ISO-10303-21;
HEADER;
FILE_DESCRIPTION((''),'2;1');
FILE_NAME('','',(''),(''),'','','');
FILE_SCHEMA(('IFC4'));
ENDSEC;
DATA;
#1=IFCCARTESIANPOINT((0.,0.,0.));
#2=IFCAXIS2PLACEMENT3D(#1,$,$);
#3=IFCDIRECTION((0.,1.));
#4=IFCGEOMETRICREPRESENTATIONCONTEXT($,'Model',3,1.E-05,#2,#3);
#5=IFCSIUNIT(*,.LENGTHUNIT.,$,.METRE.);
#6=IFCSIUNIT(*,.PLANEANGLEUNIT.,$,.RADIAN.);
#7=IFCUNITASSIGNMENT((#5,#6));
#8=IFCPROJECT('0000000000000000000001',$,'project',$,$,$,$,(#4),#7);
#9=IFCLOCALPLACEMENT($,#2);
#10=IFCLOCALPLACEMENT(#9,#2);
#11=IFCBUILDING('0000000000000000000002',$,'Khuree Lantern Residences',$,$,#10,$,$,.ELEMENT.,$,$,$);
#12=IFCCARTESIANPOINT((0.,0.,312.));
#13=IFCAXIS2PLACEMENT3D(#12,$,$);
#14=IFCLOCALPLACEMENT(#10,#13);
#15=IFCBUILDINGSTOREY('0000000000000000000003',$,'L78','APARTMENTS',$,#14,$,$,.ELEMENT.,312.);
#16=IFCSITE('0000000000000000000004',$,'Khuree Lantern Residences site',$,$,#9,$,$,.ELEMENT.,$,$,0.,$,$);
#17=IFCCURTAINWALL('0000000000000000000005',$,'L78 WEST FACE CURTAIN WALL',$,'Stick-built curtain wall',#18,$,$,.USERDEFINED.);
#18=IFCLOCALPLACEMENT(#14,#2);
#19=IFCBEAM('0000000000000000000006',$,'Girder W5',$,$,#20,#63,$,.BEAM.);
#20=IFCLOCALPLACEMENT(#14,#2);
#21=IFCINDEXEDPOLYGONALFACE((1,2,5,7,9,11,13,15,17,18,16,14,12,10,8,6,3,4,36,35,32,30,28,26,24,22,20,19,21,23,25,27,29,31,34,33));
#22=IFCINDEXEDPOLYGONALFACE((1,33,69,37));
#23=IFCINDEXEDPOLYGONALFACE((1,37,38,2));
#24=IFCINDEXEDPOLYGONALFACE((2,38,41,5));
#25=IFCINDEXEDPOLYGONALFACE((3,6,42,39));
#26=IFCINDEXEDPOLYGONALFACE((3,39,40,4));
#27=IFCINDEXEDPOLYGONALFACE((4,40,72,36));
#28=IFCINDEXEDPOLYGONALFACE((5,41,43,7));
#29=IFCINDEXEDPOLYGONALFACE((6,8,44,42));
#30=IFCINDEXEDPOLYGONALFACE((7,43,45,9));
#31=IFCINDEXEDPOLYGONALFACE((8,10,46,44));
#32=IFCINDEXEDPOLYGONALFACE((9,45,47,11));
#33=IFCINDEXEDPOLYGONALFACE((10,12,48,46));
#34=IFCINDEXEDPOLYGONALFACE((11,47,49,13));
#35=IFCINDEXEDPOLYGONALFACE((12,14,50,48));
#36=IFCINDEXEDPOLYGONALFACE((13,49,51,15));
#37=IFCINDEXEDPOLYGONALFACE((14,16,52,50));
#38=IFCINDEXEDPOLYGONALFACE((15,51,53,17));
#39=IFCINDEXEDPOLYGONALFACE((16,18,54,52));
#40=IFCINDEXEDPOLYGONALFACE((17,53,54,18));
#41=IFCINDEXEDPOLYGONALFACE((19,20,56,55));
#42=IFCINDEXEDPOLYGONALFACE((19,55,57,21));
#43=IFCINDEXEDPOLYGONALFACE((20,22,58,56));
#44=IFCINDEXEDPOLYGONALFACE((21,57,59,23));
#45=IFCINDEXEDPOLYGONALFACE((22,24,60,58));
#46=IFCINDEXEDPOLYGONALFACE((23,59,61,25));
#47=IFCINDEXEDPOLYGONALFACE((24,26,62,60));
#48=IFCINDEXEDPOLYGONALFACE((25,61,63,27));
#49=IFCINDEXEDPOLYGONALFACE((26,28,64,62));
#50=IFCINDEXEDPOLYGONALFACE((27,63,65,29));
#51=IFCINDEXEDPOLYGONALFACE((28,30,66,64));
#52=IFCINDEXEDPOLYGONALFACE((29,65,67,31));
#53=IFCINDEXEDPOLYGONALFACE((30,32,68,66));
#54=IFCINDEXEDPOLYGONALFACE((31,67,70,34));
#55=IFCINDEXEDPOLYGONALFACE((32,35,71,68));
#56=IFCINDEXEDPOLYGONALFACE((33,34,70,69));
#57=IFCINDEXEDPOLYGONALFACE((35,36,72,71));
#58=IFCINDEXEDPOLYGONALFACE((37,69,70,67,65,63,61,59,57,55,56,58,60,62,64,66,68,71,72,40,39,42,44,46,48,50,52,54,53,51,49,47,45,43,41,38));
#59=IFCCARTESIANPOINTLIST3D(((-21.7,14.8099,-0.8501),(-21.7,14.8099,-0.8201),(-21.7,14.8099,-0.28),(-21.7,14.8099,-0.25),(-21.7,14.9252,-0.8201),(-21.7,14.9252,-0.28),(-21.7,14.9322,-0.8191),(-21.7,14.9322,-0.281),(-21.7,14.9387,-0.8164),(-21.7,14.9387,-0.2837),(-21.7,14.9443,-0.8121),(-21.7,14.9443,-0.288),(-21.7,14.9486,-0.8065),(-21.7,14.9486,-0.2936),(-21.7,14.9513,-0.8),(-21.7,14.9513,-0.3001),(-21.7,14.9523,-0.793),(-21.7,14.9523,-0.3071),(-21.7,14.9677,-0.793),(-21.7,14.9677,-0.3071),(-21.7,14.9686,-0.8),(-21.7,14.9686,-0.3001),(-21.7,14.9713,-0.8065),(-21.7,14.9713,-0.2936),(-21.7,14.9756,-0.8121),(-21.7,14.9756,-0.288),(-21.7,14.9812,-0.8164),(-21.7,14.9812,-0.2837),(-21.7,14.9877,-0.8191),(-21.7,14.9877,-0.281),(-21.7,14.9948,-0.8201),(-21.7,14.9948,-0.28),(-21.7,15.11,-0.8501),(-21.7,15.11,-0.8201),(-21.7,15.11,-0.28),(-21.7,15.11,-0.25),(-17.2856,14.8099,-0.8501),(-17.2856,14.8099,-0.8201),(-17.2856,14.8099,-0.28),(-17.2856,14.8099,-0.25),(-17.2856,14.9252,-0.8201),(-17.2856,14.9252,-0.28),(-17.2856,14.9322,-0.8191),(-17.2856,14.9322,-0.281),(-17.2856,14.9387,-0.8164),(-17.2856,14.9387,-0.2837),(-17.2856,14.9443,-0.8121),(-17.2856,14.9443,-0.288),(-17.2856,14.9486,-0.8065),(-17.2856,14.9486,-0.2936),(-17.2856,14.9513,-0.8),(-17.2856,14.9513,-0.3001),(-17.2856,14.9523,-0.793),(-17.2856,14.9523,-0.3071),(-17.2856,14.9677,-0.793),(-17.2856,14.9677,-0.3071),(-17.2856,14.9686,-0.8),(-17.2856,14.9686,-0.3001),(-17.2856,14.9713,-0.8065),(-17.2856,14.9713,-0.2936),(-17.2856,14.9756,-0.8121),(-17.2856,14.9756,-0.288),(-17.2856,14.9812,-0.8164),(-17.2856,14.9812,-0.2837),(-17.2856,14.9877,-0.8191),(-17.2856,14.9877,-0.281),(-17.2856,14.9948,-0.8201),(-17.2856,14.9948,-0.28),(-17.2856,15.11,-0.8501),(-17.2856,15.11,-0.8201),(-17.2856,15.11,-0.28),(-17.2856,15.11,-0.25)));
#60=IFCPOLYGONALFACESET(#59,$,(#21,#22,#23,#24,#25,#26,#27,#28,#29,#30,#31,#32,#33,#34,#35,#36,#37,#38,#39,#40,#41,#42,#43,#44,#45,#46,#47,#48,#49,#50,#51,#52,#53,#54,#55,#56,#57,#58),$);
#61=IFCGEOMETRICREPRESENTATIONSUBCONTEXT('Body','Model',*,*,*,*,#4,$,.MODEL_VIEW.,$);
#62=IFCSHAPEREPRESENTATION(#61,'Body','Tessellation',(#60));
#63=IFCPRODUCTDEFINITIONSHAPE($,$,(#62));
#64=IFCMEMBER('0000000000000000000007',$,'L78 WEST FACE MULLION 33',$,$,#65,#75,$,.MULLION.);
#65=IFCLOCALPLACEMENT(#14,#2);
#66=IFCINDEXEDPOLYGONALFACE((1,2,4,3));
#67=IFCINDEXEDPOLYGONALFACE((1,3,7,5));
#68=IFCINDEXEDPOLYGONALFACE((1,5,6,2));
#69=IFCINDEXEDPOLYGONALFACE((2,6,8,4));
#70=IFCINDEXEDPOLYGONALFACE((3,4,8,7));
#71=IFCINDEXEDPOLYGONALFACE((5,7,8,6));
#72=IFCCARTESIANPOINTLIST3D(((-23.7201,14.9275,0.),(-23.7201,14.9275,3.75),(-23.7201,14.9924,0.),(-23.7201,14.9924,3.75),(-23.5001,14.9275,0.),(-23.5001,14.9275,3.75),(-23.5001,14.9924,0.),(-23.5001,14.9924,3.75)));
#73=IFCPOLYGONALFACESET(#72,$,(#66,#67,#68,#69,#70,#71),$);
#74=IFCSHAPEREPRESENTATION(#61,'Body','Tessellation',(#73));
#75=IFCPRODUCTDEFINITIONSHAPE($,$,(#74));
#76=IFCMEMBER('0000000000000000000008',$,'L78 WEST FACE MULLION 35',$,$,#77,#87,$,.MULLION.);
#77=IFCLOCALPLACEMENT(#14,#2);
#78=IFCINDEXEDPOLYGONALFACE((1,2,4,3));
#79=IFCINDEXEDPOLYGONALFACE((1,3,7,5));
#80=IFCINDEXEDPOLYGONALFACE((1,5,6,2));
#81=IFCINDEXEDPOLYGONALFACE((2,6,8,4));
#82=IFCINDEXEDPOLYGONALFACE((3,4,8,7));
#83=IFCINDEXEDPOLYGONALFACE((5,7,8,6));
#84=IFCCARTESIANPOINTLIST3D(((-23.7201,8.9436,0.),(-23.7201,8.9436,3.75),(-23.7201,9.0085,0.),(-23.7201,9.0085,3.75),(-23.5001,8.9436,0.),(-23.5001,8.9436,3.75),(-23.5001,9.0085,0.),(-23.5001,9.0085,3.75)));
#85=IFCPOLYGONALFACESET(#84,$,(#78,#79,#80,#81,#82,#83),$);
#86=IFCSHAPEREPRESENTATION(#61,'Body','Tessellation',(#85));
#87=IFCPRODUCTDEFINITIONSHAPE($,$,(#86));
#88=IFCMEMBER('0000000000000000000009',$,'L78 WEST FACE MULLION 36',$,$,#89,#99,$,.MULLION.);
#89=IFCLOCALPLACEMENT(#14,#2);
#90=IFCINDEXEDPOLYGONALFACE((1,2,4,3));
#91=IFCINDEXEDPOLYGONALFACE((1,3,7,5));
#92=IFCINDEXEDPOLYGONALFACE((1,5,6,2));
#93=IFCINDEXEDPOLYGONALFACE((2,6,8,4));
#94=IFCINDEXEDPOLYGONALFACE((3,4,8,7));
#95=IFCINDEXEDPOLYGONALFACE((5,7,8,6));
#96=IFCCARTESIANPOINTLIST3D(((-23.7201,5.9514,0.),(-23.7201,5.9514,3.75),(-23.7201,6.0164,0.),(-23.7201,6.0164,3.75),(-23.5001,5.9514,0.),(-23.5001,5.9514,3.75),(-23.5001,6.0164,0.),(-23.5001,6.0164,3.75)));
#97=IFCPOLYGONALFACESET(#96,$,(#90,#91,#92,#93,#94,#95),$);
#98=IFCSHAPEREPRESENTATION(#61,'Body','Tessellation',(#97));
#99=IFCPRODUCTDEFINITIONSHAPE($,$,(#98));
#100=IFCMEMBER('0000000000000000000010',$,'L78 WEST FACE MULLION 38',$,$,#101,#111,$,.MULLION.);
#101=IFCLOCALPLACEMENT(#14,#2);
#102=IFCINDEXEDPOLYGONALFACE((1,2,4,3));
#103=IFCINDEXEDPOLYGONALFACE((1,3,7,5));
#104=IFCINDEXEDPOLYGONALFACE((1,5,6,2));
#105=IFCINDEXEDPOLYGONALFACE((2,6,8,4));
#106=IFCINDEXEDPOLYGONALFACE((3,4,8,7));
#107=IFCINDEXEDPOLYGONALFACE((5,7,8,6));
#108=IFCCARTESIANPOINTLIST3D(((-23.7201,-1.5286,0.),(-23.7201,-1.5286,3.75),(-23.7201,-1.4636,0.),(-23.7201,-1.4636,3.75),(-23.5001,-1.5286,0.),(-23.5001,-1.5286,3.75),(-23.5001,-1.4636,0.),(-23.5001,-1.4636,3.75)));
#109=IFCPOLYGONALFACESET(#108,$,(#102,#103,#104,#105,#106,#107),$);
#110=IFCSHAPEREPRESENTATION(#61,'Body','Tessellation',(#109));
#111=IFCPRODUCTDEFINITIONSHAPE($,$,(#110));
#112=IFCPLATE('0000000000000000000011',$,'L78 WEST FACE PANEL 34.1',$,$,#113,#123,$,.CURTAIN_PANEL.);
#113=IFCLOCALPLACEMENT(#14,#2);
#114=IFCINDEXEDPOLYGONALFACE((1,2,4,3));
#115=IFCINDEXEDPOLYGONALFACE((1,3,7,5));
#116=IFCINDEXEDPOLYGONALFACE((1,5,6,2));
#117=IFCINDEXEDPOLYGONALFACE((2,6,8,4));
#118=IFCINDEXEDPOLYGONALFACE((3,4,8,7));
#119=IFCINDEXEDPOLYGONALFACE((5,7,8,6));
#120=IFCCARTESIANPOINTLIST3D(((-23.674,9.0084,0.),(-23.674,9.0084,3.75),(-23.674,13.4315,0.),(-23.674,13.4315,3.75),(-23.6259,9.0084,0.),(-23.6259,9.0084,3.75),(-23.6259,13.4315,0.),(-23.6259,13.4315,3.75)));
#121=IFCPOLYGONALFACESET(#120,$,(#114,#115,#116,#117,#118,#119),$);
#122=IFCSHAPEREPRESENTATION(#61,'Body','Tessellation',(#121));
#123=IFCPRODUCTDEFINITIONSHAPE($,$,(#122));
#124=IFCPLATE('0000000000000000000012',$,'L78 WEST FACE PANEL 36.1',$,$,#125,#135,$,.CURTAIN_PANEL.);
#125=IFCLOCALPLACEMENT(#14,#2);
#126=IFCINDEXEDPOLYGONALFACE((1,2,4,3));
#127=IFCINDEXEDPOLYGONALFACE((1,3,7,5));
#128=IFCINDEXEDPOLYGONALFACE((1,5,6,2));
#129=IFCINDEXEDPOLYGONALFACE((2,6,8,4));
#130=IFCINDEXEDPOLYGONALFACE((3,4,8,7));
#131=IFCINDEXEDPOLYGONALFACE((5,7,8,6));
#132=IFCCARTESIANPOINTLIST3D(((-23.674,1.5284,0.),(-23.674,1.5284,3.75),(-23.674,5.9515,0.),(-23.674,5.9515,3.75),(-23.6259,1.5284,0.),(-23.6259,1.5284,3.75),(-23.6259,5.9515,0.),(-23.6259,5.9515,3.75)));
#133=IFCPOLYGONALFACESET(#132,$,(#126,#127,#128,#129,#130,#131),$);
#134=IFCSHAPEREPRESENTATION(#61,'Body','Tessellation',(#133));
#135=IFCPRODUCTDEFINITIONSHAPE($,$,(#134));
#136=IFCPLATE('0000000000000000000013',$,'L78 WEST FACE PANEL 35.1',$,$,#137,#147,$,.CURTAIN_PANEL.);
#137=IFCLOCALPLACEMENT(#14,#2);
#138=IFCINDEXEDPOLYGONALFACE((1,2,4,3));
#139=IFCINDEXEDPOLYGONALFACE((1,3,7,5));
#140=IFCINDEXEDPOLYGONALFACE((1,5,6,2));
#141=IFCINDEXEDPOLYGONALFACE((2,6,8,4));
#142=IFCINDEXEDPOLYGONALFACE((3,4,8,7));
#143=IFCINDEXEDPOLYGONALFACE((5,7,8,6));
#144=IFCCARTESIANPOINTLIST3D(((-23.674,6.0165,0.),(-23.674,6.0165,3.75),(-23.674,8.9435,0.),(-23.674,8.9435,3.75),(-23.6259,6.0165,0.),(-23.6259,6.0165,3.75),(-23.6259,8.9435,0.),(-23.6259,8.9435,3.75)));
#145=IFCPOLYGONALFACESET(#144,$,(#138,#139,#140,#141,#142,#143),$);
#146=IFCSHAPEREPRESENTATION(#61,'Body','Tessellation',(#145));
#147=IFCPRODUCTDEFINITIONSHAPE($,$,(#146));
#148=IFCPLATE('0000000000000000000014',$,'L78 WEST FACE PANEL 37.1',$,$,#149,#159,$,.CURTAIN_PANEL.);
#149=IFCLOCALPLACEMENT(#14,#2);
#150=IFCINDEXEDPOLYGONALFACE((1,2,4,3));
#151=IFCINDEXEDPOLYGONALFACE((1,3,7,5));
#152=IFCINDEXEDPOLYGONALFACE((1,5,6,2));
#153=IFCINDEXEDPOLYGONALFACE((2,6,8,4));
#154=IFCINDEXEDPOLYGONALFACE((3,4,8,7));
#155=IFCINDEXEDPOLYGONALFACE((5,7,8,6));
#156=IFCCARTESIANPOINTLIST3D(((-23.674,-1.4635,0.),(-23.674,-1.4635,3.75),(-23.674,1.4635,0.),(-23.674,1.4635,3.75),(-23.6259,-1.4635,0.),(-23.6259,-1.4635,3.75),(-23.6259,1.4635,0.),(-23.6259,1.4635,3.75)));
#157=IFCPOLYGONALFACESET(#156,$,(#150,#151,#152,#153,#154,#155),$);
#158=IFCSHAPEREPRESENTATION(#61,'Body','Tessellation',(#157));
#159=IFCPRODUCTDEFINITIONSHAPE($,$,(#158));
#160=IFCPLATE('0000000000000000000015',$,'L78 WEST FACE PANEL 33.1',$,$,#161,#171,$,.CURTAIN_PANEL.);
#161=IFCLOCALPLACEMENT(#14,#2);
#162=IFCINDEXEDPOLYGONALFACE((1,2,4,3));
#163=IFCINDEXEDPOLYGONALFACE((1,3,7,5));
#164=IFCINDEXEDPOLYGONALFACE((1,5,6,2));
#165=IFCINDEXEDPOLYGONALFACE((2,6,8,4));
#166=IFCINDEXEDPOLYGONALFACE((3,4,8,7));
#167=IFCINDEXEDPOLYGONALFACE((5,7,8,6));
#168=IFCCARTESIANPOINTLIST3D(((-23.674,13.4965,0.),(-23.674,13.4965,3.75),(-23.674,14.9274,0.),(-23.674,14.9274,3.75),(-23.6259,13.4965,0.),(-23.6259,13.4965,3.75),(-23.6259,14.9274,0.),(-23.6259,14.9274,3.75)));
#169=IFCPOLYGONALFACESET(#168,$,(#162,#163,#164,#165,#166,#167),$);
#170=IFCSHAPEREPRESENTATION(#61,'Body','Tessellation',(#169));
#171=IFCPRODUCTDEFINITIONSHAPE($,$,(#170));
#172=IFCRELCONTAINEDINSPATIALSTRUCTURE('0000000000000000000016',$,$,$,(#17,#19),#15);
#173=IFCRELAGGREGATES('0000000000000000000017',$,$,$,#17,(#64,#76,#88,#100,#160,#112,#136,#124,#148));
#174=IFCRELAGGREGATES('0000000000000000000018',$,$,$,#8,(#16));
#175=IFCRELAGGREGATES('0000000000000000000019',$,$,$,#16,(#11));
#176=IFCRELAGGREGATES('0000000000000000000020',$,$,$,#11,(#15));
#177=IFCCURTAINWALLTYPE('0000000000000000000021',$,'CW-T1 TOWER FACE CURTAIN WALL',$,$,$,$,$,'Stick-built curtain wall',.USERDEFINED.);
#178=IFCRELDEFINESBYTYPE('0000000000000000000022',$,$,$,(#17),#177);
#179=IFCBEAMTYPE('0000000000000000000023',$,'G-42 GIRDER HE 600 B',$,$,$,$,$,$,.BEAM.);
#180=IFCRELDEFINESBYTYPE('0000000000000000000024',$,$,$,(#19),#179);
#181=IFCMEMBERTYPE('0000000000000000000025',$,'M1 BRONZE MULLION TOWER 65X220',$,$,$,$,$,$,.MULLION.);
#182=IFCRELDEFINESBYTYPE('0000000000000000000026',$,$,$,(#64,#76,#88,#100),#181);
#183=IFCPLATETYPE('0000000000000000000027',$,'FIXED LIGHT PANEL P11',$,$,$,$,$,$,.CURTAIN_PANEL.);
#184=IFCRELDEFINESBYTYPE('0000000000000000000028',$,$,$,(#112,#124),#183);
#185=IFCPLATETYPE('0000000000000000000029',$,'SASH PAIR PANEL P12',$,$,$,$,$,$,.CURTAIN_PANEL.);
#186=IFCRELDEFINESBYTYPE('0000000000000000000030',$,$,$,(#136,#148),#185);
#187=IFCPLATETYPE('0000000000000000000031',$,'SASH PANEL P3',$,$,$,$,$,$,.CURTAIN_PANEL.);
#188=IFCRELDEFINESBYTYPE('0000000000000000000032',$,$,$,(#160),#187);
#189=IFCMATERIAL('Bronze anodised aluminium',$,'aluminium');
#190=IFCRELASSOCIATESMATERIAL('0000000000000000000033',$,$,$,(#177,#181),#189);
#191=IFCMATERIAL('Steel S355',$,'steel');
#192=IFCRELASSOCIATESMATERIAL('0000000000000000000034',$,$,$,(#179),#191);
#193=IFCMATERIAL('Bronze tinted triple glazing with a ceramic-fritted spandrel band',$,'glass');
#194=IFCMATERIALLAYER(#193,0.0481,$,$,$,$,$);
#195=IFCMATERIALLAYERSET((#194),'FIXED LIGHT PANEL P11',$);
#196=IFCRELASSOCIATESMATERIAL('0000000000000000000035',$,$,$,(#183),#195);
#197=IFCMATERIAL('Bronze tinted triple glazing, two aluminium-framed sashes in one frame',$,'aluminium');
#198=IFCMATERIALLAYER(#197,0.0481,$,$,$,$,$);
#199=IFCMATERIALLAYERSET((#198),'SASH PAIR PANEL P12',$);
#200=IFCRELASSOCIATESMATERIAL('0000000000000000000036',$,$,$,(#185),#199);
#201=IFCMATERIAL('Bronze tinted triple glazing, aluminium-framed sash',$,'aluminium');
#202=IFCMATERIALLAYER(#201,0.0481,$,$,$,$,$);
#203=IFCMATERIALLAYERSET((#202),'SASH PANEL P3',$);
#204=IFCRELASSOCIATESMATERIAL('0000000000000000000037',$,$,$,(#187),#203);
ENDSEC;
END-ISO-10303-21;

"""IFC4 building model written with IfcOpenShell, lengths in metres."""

from ifc_helpers import new_model, si_unit, direction, frame, origin, origin_2d, place, context, subcontext, project, spatial, rectangle, i_section, extrude, material, layer, layer_set, material_profile, profile_set, type_object, element, aggregate, save


model = new_model("IFC4")

# Units and contexts
model_context = context("Model", 3, precision=1e-05, world=origin(), true_north=direction((0.0, 1.0)))
body_context = subcontext(model_context, "Body", "Model", "MODEL_VIEW")
ifc_project = project(units=[si_unit("LENGTHUNIT", "METRE"), si_unit("PLANEANGLEUNIT", "RADIAN")], contexts=[model_context])

# Site, building, storey
site_placement = place(None, origin())
site = spatial("IfcSite", under=ifc_project, at=site_placement, Name="Khuree Lantern Residences site", CompositionType="ELEMENT", RefElevation=0.0)
building_placement = place(site_placement, origin())
building = spatial("IfcBuilding", under=site, at=building_placement, Name="Khuree Lantern Residences", CompositionType="ELEMENT")
storey_placement = place(building_placement, frame((0.0, 0.0, 312.0)))
storey = spatial("IfcBuildingStorey", under=building, at=storey_placement, Name="L78", Description="APARTMENTS", CompositionType="ELEMENT", Elevation=312.0)

# Shared definitions
ifc_material_1 = material(Name="Steel S355", Category="steel")

# Curtain wall
ifc_material_2 = material(Name="Bronze anodised aluminium", Category="aluminium")
curtain_wall_type = type_object("IfcCurtainWallType", Name="CW-T1 TOWER FACE CURTAIN WALL", ElementType="Stick-built curtain wall", PredefinedType="USERDEFINED", material=ifc_material_2)
curtain_wall_placement = place(storey_placement, origin())
curtain_wall = element("IfcCurtainWall", 1, at=curtain_wall_placement, inside=storey, type_object=curtain_wall_type, Name="L78 WEST FACE CURTAIN WALL", ObjectType="Stick-built curtain wall", PredefinedType="USERDEFINED")

# Beam
ifc_material_profile_1 = material_profile(ifc_material_1, i_section(OverallWidth=0.3, OverallDepth=0.6001, WebThickness=0.0154, FlangeThickness=0.03, FilletRadius=0.0271, at=origin_2d()), Name="HE 600 B")
ifc_profile_set_1 = profile_set([ifc_material_profile_1], Name="Steel S355")
beam_type_1 = type_object("IfcBeamType", Name="G-42 GIRDER HE 600 B", PredefinedType="BEAM", material=ifc_profile_set_1)
beam_placement = place(storey_placement, frame((-21.7, 14.96, -0.55), z_axis=(1.0, 0.0, 0.0), x_axis=(0.0, 1.0, 0.0)))
element("IfcBeam", 2, at=beam_placement, inside=storey, type_object=beam_type_1, Name="Girder W5", PredefinedType="BEAM", context=body_context, shape_type="SweptSolid", body=[
    extrude(i_section(OverallWidth=0.3, OverallDepth=0.6001, WebThickness=0.0154, FlangeThickness=0.03, FilletRadius=0.0271, at=origin_2d()), origin(), (0.0, 0.0, 1.0), 4.4143),
])

# Members
ifc_material_profile_2 = material_profile(ifc_material_2, rectangle(XDim=0.0649, YDim=0.22, at=origin_2d()), Name="M1 65X220")
ifc_profile_set_2 = profile_set([ifc_material_profile_2], Name="Bronze anodised aluminium")
member_type_1 = type_object("IfcMemberType", Name="M1 BRONZE MULLION TOWER 65X220", PredefinedType="MULLION", material=ifc_profile_set_2)
member_1_placement = place(storey_placement, frame((-23.6101, 14.96, 0.0), z_axis=(0.0, 0.0, 1.0), x_axis=(0.0, -1.0, 0.0)))
member_1 = element("IfcMember", 3, at=member_1_placement, type_object=member_type_1, Name="L78 WEST FACE MULLION 33", PredefinedType="MULLION", context=body_context, shape_type="SweptSolid", body=[
    extrude(rectangle(XDim=0.0649, YDim=0.22, at=origin_2d()), origin(), (0.0, 0.0, 1.0), 3.75),
])
member_2_placement = place(storey_placement, frame((-23.6101, 8.9761, 0.0), z_axis=(0.0, 0.0, 1.0), x_axis=(0.0, -1.0, 0.0)))
member_2 = element("IfcMember", 4, at=member_2_placement, type_object=member_type_1, Name="L78 WEST FACE MULLION 35", PredefinedType="MULLION", context=body_context, shape_type="SweptSolid", body=[
    extrude(rectangle(XDim=0.0649, YDim=0.22, at=origin_2d()), origin(), (0.0, 0.0, 1.0), 3.75),
])
member_3_placement = place(storey_placement, frame((-23.6101, 5.9839, 0.0), z_axis=(0.0, 0.0, 1.0), x_axis=(0.0, -1.0, 0.0)))
member_3 = element("IfcMember", 5, at=member_3_placement, type_object=member_type_1, Name="L78 WEST FACE MULLION 36", PredefinedType="MULLION", context=body_context, shape_type="SweptSolid", body=[
    extrude(rectangle(XDim=0.0649, YDim=0.22, at=origin_2d()), origin(), (0.0, 0.0, 1.0), 3.75),
])
member_4_placement = place(storey_placement, frame((-23.6101, -1.4961, 0.0), z_axis=(0.0, 0.0, 1.0), x_axis=(0.0, -1.0, 0.0)))
member_4 = element("IfcMember", 6, at=member_4_placement, type_object=member_type_1, Name="L78 WEST FACE MULLION 38", PredefinedType="MULLION", context=body_context, shape_type="SweptSolid", body=[
    extrude(rectangle(XDim=0.0649, YDim=0.22, at=origin_2d()), origin(), (0.0, 0.0, 1.0), 3.75),
])

# Plates
ifc_material_3 = material(Name="Bronze tinted triple glazing with a ceramic-fritted spandrel band", Category="glass")
ifc_layer_1 = layer(ifc_material_3, 0.0481)
ifc_layer_set_1 = layer_set([ifc_layer_1], Name="FIXED LIGHT PANEL P11")
plate_type_1 = type_object("IfcPlateType", Name="FIXED LIGHT PANEL P11", PredefinedType="CURTAIN_PANEL", material=ifc_layer_set_1)
plate_1_placement = place(storey_placement, frame((-23.6499, 11.22, 0.0), z_axis=(0.0, 0.0, 1.0), x_axis=(0.0, -1.0, 0.0)))
plate_1 = element("IfcPlate", 7, at=plate_1_placement, type_object=plate_type_1, Name="L78 WEST FACE PANEL 34.1", PredefinedType="CURTAIN_PANEL", context=body_context, shape_type="SweptSolid", body=[
    extrude(rectangle(XDim=4.4231, YDim=0.0481, at=origin_2d()), origin(), (0.0, 0.0, 1.0), 3.75),
])
plate_2_placement = place(storey_placement, frame((-23.6499, 3.74, 0.0), z_axis=(0.0, 0.0, 1.0), x_axis=(0.0, -1.0, 0.0)))
plate_2 = element("IfcPlate", 8, at=plate_2_placement, type_object=plate_type_1, Name="L78 WEST FACE PANEL 36.1", PredefinedType="CURTAIN_PANEL", context=body_context, shape_type="SweptSolid", body=[
    extrude(rectangle(XDim=4.4231, YDim=0.0481, at=origin_2d()), origin(), (0.0, 0.0, 1.0), 3.75),
])
ifc_material_4 = material(Name="Bronze tinted triple glazing, two aluminium-framed sashes in one frame", Category="aluminium")
ifc_layer_2 = layer(ifc_material_4, 0.0481)
ifc_layer_set_2 = layer_set([ifc_layer_2], Name="SASH PAIR PANEL P12")
plate_type_2 = type_object("IfcPlateType", Name="SASH PAIR PANEL P12", PredefinedType="CURTAIN_PANEL", material=ifc_layer_set_2)
plate_3_placement = place(storey_placement, frame((-23.6499, 7.48, 0.0), z_axis=(0.0, 0.0, 1.0), x_axis=(0.0, -1.0, 0.0)))
plate_3 = element("IfcPlate", 9, at=plate_3_placement, type_object=plate_type_2, Name="L78 WEST FACE PANEL 35.1", PredefinedType="CURTAIN_PANEL", context=body_context, shape_type="SweptSolid", body=[
    extrude(rectangle(XDim=2.927, YDim=0.0481, at=origin_2d()), origin(), (0.0, 0.0, 1.0), 3.75),
])
plate_4_placement = place(storey_placement, frame((-23.6499, 0.0, 0.0), z_axis=(0.0, 0.0, 1.0), x_axis=(0.0, -1.0, 0.0)))
plate_4 = element("IfcPlate", 10, at=plate_4_placement, type_object=plate_type_2, Name="L78 WEST FACE PANEL 37.1", PredefinedType="CURTAIN_PANEL", context=body_context, shape_type="SweptSolid", body=[
    extrude(rectangle(XDim=2.927, YDim=0.0481, at=origin_2d()), origin(), (0.0, 0.0, 1.0), 3.75),
])
ifc_material_5 = material(Name="Bronze tinted triple glazing, aluminium-framed sash", Category="aluminium")
ifc_layer_3 = layer(ifc_material_5, 0.0481)
ifc_layer_set_3 = layer_set([ifc_layer_3], Name="SASH PANEL P3")
plate_type_3 = type_object("IfcPlateType", Name="SASH PANEL P3", PredefinedType="CURTAIN_PANEL", material=ifc_layer_set_3)
plate_5_placement = place(storey_placement, frame((-23.6499, 14.2119, 0.0), z_axis=(0.0, 0.0, 1.0), x_axis=(0.0, -1.0, 0.0)))
plate_5 = element("IfcPlate", 11, at=plate_5_placement, type_object=plate_type_3, Name="L78 WEST FACE PANEL 33.1", PredefinedType="CURTAIN_PANEL", context=body_context, shape_type="SweptSolid", body=[
    extrude(rectangle(XDim=1.4309, YDim=0.0481, at=origin_2d()), origin(), (0.0, 0.0, 1.0), 3.75),
])
aggregate(curtain_wall, [member_1, member_2, member_3, member_4, plate_5, plate_1, plate_3, plate_2, plate_4])

save(model, "model.ifc")
